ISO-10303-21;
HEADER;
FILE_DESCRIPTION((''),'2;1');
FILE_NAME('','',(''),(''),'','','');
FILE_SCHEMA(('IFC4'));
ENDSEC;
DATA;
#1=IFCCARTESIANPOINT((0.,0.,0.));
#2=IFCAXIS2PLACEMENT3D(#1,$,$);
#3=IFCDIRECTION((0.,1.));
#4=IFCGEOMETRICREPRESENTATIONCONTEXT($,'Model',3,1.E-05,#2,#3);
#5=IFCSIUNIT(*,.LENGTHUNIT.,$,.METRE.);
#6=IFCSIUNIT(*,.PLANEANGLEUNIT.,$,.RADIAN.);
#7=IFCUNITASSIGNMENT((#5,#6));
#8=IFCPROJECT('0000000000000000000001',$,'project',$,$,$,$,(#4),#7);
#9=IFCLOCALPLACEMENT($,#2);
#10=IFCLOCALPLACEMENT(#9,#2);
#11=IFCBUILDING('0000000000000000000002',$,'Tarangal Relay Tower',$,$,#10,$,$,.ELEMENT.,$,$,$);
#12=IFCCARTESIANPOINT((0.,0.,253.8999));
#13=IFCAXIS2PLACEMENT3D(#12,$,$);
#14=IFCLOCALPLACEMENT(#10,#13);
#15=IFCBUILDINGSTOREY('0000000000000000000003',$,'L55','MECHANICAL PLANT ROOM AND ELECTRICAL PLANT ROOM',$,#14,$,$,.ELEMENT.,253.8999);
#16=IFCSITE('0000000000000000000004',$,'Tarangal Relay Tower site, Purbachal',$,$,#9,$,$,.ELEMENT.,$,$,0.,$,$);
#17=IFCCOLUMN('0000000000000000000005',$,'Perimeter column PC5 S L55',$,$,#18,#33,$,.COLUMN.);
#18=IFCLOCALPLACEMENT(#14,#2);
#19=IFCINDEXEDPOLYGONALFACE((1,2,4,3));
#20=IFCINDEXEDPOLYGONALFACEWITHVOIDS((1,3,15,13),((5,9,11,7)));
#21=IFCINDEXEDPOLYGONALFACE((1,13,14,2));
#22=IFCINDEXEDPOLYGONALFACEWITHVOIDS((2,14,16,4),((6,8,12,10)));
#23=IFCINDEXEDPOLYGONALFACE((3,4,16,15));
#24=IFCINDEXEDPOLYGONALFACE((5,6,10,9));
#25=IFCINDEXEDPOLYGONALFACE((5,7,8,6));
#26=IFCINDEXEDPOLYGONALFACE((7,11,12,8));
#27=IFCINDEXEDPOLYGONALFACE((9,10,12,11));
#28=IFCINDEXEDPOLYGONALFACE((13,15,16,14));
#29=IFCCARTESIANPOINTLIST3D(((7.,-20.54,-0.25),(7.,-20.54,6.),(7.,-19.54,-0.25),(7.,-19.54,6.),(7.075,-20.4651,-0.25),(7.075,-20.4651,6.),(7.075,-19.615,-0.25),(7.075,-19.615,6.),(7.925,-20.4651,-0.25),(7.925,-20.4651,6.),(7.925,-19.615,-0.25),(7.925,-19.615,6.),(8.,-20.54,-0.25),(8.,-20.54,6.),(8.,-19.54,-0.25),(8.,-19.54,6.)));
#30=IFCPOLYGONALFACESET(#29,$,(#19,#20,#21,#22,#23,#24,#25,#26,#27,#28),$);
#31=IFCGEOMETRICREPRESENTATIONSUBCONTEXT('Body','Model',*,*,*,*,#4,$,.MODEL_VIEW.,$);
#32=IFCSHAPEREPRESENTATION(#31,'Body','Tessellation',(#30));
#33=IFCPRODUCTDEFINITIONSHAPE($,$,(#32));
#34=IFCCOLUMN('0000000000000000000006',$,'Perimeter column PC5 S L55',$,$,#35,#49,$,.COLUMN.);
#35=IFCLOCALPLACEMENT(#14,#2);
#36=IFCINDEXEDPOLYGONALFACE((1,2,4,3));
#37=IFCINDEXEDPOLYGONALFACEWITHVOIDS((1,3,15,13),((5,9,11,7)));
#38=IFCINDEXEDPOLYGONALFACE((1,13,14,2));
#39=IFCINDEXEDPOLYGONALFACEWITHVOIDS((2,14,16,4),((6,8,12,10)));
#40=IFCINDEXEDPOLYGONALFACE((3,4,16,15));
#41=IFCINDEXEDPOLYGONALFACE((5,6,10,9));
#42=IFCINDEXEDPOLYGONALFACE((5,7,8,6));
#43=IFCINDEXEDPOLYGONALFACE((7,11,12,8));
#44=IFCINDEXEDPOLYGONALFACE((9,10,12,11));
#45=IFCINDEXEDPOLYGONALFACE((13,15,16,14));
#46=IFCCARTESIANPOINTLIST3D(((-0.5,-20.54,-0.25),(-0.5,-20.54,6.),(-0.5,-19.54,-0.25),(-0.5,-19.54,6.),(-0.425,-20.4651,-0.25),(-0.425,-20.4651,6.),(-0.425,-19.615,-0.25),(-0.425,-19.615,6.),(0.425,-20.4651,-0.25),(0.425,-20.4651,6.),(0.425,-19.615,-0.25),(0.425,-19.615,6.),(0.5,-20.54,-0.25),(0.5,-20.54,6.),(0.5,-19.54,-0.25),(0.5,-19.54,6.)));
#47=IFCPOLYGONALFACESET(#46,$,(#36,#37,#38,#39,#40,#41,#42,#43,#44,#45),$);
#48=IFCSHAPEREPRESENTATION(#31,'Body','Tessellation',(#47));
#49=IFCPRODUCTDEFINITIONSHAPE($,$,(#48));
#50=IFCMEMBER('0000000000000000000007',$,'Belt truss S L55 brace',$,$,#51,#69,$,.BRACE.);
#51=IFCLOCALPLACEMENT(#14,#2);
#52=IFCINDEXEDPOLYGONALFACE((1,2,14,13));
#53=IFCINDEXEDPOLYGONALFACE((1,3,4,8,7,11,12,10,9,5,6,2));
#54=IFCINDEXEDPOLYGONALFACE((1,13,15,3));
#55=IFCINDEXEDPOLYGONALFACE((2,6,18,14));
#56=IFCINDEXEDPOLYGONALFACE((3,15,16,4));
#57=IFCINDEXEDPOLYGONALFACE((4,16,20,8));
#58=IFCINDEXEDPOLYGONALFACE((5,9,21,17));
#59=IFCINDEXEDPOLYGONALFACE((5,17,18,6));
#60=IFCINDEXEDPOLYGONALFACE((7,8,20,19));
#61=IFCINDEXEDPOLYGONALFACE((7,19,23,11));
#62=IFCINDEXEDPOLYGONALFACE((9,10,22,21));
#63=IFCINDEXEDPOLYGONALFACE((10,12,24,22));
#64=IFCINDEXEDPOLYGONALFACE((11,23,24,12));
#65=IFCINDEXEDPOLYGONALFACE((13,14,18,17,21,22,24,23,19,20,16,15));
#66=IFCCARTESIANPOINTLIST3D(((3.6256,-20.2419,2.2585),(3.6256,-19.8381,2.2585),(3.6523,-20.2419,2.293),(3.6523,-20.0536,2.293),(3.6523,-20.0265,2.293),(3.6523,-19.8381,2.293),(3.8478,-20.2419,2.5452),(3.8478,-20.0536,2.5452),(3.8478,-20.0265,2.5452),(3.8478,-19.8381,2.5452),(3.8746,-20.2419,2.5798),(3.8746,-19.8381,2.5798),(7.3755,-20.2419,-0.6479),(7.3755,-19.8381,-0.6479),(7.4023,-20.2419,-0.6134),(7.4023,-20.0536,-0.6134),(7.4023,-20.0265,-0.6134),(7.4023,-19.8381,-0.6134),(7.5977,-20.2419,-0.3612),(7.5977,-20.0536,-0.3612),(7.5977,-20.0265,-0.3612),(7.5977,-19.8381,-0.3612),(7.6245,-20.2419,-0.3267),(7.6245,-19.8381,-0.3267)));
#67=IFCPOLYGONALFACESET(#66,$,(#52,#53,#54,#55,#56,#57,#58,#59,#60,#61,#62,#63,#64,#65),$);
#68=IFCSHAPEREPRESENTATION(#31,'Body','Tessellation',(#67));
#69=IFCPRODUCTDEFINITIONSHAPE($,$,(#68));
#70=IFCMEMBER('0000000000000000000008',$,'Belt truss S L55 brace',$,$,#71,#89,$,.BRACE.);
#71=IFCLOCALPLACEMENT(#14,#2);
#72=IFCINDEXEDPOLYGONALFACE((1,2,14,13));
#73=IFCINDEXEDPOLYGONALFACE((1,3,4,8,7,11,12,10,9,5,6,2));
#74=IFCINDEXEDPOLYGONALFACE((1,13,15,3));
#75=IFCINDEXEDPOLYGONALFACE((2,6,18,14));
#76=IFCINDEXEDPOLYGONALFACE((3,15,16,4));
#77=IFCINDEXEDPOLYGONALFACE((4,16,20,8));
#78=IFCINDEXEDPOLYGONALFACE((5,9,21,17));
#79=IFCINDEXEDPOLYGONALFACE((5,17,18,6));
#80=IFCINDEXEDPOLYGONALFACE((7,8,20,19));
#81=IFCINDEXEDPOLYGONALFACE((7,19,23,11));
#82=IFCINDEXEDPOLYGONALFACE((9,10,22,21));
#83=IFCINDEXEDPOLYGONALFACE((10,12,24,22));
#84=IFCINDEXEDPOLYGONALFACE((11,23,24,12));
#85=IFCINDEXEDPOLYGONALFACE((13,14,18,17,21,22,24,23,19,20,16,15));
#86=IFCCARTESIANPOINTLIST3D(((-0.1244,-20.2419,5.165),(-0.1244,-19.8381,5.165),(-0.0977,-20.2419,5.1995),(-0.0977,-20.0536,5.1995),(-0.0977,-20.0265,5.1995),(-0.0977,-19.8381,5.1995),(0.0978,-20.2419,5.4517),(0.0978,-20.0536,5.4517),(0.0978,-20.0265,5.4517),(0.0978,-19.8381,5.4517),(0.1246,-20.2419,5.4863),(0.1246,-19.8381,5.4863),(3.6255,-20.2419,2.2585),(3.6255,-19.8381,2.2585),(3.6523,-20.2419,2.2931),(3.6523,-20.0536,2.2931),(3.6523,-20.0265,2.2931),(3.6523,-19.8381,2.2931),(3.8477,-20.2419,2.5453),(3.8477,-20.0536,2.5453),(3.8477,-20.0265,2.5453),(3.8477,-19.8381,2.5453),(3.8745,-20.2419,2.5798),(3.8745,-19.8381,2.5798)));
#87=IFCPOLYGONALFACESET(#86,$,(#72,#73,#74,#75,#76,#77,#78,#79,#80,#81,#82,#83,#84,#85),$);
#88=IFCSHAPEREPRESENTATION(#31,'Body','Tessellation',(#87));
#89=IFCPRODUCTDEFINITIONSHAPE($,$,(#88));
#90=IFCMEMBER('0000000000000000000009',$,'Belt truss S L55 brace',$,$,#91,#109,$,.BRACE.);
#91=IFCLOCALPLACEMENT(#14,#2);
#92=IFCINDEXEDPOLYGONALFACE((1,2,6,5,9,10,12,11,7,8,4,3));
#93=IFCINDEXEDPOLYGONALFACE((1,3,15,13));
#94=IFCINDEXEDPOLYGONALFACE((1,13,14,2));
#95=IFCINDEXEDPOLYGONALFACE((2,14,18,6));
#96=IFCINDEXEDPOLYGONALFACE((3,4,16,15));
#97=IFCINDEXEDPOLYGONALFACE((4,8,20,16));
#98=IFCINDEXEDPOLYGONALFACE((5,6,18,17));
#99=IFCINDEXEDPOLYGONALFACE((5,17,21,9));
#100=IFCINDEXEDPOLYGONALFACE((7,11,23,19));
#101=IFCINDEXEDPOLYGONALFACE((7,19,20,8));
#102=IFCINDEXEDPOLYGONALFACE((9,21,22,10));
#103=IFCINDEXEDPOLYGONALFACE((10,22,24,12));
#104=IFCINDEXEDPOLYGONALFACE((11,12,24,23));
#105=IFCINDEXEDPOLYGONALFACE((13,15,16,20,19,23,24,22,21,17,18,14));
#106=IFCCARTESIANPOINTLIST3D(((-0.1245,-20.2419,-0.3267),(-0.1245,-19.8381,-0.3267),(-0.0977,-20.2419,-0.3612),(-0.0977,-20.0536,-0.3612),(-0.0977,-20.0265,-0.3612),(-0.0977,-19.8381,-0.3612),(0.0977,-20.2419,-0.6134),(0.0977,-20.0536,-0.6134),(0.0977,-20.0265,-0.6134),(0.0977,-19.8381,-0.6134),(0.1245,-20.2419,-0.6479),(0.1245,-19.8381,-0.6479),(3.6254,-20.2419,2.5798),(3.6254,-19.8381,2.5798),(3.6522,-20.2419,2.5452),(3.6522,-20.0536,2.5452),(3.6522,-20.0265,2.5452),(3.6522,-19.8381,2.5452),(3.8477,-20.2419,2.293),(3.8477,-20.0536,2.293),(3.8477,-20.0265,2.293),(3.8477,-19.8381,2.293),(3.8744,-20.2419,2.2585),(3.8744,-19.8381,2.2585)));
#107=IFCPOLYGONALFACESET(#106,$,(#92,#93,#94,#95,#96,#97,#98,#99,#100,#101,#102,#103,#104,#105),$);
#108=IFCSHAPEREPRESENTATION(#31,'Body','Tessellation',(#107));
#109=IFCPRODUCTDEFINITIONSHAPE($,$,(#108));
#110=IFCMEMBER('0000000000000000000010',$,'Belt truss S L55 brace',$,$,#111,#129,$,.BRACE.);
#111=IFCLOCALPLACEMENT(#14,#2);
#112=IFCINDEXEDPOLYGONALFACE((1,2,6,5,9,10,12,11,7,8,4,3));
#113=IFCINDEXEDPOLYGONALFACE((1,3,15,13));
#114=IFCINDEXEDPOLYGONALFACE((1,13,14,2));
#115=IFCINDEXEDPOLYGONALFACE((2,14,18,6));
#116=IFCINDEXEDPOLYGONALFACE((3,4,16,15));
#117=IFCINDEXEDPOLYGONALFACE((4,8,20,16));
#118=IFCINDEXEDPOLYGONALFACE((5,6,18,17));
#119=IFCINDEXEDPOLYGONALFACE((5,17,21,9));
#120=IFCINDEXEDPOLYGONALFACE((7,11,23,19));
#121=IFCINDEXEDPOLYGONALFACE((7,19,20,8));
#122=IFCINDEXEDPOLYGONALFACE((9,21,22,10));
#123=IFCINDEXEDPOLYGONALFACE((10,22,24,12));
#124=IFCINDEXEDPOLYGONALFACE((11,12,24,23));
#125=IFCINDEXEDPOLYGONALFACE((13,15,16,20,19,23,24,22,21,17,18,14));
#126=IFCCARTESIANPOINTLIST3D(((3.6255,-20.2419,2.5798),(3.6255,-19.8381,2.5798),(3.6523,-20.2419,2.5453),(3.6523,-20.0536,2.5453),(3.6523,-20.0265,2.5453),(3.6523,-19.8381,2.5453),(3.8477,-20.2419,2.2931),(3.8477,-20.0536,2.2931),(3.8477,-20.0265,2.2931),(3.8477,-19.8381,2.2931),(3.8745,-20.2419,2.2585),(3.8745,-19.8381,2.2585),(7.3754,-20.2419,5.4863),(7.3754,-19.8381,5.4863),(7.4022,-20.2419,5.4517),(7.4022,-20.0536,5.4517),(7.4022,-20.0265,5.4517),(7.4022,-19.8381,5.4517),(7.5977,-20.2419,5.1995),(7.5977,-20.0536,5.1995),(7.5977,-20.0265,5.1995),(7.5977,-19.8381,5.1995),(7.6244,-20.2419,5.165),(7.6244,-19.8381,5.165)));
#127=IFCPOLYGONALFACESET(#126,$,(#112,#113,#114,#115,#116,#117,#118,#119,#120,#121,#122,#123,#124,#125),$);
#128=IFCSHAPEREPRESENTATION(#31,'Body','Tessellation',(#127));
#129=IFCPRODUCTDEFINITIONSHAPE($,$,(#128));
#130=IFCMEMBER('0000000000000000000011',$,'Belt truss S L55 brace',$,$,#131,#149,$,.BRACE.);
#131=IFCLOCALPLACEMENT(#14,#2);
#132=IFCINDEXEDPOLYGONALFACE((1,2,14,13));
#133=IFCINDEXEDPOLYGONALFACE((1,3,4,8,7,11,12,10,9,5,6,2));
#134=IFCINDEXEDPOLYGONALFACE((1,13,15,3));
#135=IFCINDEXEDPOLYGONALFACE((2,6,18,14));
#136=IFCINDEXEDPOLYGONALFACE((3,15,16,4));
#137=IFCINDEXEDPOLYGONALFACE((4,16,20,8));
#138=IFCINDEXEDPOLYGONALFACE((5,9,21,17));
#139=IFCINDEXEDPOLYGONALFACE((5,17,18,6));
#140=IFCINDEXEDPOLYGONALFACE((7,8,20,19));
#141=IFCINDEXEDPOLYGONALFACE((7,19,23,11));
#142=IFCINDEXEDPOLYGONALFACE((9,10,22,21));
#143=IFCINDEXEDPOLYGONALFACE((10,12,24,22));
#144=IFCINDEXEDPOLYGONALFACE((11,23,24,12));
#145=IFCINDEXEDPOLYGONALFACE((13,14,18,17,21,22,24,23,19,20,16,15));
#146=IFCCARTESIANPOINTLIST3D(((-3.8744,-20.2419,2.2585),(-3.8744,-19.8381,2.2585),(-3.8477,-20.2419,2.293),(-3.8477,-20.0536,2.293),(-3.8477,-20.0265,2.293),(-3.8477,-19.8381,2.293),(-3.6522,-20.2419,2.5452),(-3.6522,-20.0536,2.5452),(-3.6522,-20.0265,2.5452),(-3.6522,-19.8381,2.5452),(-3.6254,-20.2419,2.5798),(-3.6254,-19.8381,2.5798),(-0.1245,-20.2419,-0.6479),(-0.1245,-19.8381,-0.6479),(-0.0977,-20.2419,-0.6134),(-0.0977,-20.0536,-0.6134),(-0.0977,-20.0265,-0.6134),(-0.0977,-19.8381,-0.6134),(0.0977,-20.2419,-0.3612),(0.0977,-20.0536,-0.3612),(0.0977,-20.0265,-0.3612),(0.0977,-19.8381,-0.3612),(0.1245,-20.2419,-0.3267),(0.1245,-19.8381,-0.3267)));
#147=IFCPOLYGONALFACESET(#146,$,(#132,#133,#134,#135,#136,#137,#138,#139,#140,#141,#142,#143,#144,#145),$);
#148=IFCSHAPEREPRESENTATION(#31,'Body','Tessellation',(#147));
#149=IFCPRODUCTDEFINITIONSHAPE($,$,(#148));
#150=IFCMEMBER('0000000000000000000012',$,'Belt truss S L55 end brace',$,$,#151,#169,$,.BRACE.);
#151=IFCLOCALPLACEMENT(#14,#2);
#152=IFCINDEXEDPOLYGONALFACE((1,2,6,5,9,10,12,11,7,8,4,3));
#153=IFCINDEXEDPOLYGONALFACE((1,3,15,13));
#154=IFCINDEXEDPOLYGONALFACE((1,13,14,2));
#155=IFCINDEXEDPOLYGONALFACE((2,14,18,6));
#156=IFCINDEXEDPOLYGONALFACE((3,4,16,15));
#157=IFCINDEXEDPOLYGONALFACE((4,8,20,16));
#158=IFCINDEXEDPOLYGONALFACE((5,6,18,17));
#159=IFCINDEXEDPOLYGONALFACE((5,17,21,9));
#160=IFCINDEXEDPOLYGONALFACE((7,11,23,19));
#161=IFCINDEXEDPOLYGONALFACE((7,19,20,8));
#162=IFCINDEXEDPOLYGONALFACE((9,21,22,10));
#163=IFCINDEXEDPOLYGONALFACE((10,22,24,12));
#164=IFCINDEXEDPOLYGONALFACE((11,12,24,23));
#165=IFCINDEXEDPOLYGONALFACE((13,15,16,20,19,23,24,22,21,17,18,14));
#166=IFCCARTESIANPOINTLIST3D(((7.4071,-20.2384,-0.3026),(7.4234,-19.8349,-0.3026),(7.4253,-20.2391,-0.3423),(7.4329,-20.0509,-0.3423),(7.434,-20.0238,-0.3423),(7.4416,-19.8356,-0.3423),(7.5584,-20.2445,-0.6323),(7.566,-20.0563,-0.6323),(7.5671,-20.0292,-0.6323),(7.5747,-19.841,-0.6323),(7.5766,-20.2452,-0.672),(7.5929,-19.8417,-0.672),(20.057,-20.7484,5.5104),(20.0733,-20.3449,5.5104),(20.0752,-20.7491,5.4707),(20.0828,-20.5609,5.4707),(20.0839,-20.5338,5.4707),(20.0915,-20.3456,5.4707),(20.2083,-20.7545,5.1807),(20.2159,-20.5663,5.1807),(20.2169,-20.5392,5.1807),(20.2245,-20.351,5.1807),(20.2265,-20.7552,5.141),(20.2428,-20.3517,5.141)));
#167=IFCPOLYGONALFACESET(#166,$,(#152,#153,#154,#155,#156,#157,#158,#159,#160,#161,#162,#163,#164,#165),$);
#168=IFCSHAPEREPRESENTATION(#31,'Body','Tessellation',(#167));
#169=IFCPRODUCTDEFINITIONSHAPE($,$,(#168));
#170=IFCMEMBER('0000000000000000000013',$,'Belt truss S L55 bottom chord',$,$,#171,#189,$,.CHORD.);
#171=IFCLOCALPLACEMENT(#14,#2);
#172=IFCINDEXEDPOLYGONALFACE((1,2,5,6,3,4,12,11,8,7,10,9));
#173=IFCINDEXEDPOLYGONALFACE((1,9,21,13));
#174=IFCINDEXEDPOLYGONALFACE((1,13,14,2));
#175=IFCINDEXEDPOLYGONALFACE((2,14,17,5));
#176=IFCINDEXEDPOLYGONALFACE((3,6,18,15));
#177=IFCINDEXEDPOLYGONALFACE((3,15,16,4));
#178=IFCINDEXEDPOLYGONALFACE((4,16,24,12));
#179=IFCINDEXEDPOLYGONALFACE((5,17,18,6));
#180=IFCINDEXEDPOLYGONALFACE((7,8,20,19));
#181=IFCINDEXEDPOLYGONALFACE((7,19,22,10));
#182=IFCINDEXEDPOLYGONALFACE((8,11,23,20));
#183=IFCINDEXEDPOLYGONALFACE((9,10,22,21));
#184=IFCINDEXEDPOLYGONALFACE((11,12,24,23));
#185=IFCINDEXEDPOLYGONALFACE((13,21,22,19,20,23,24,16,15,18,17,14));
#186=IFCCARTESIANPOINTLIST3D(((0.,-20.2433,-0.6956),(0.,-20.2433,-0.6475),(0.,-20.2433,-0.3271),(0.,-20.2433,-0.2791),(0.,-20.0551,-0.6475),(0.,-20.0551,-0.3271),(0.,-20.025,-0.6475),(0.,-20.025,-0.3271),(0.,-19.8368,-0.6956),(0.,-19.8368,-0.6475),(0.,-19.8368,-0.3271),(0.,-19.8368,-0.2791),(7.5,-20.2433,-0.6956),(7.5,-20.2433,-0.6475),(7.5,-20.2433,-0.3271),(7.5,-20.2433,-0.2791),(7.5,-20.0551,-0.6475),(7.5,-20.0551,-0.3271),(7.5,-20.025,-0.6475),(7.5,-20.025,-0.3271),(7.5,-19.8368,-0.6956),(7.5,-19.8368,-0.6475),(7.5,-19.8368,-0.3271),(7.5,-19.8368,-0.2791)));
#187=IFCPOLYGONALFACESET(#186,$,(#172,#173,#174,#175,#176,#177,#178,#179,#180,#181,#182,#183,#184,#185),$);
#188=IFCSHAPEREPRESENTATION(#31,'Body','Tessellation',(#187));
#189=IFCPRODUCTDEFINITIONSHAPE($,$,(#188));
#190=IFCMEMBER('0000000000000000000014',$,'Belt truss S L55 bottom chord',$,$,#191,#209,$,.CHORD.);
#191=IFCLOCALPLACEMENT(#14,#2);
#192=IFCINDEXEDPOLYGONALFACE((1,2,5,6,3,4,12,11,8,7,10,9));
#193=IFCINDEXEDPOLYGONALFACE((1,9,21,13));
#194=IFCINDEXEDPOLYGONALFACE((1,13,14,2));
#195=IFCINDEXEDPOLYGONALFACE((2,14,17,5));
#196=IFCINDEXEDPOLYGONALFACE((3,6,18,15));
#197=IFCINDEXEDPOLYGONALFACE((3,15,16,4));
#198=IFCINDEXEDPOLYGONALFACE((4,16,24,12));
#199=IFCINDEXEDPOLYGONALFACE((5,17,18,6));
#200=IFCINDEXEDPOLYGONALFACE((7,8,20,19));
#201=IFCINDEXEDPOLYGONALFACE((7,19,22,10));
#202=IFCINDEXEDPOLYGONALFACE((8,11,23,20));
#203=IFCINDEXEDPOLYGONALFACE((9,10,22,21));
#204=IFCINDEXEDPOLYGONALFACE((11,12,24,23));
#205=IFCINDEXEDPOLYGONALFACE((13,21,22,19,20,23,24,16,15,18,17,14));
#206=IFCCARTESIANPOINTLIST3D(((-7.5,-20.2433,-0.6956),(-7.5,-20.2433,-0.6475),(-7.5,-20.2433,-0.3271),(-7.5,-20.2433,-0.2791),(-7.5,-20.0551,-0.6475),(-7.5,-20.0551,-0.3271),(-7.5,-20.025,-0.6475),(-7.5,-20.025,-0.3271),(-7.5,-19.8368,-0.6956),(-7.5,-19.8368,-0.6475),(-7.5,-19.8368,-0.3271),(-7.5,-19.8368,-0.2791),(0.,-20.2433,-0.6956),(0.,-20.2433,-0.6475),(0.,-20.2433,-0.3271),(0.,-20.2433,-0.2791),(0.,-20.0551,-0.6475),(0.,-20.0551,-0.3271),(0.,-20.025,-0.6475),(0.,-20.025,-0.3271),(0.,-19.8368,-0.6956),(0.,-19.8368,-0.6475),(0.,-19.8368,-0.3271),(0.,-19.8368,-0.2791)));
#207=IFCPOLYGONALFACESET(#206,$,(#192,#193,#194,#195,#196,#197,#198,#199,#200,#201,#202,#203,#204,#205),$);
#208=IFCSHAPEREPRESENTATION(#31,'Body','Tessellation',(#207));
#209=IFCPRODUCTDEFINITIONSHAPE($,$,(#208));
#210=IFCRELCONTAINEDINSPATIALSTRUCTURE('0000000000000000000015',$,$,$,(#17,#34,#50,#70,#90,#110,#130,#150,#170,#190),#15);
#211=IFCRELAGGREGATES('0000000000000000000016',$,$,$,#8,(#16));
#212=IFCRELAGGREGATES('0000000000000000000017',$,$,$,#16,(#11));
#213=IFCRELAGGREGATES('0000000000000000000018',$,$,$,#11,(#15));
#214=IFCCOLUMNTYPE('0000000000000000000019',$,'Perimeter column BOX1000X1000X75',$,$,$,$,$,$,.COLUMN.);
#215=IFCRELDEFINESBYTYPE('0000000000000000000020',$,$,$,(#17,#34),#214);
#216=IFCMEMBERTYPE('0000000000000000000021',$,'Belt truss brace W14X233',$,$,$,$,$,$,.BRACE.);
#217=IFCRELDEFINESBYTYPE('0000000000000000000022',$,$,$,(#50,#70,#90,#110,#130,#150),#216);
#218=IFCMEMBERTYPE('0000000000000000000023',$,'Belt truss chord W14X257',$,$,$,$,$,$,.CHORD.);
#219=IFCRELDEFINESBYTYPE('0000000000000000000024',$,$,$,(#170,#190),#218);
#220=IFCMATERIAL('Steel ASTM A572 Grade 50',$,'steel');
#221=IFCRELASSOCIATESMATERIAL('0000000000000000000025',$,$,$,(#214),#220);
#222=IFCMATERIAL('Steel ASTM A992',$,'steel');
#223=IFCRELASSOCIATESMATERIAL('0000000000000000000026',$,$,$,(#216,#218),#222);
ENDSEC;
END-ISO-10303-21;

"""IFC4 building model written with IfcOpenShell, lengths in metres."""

from ifc_helpers import new_model, si_unit, direction, frame, origin, origin_2d, place, context, subcontext, project, spatial, hollow_rectangle, i_section, extrude, material, material_profile, profile_set, type_object, element, save


model = new_model("IFC4")

# Units and contexts
model_context = context("Model", 3, precision=1e-05, world=origin(), true_north=direction((0.0, 1.0)))
body_context = subcontext(model_context, "Body", "Model", "MODEL_VIEW")
ifc_project = project(units=[si_unit("LENGTHUNIT", "METRE"), si_unit("PLANEANGLEUNIT", "RADIAN")], contexts=[model_context])

# Site, building, storey
site_placement = place(None, origin())
site = spatial("IfcSite", under=ifc_project, at=site_placement, Name="Tarangal Relay Tower site, Purbachal", CompositionType="ELEMENT", RefElevation=0.0)
building_placement = place(site_placement, origin())
building = spatial("IfcBuilding", under=site, at=building_placement, Name="Tarangal Relay Tower", CompositionType="ELEMENT")
storey_placement = place(building_placement, frame((0.0, 0.0, 253.8999)))
storey = spatial("IfcBuildingStorey", under=building, at=storey_placement, Name="L55", Description="MECHANICAL PLANT ROOM AND ELECTRICAL PLANT ROOM", CompositionType="ELEMENT", Elevation=253.8999)

# Columns
ifc_material_1 = material(Name="Steel ASTM A572 Grade 50", Category="steel")
ifc_material_profile_1 = material_profile(ifc_material_1, hollow_rectangle(XDim=1.0, YDim=1.0, WallThickness=0.075, at=origin_2d()), Name="BOX1000X1000X75")
ifc_profile_set_1 = profile_set([ifc_material_profile_1], Name="Steel ASTM A572 Grade 50")
column_type = type_object("IfcColumnType", Name="Perimeter column BOX1000X1000X75", PredefinedType="COLUMN", material=ifc_profile_set_1)
for number, where, z_axis, x_axis, name in (
    (1, (7.5, -20.04, -0.25), (0.0, 0.0, 1.0), (1.0, 0.0, 0.0), "Perimeter column PC5 S L55"),
    (2, (0.0, -20.04, -0.25), (0.0, 0.0, 1.0), (1.0, 0.0, 0.0), "Perimeter column PC5 S L55"),
):
    element("IfcColumn", number, at=place(storey_placement, frame(where, z_axis=z_axis, x_axis=x_axis)), inside=storey, type_object=column_type, Name=name, PredefinedType="COLUMN", context=body_context, shape_type="SweptSolid", body=[
        extrude(hollow_rectangle(XDim=1.0, YDim=1.0, WallThickness=0.075, at=origin_2d()), origin(), (0.0, 0.0, 1.0), 6.25),
    ])

# Members
ifc_material_2 = material(Name="Steel ASTM A992", Category="steel")
ifc_material_profile_2 = material_profile(ifc_material_2, i_section(OverallWidth=0.4038, OverallDepth=0.4065, WebThickness=0.0271, FlangeThickness=0.0437, at=origin_2d()), Name="W14X233")
ifc_profile_set_2 = profile_set([ifc_material_profile_2], Name="Steel ASTM A992")
member_type_1 = type_object("IfcMemberType", Name="Belt truss brace W14X233", PredefinedType="BRACE", material=ifc_profile_set_2)
for number, where, z_axis, x_axis, name in (
    (3, (7.5, -20.04, -0.4873), (-0.79039, 0.0, 0.612604), (0.0, -1.0, 0.0), "Belt truss S L55 brace"),
    (4, (3.75, -20.04, 2.4192), (-0.79039, 0.0, 0.612604), (0.0, -1.0, 0.0), "Belt truss S L55 brace"),
    (5, (0.0, -20.04, -0.4873), (0.79039, 0.0, 0.612604), (0.0, 1.0, 0.0), "Belt truss S L55 brace"),
    (6, (3.75, -20.04, 2.4192), (0.79039, 0.0, 0.612604), (0.0, 1.0, 0.0), "Belt truss S L55 brace"),
    (7, (0.0, -20.04, -0.4873), (-0.79039, 0.0, 0.612604), (0.0, -1.0, 0.0), "Belt truss S L55 brace"),
):
    element("IfcMember", number, at=place(storey_placement, frame(where, z_axis=z_axis, x_axis=x_axis)), inside=storey, type_object=member_type_1, Name=name, PredefinedType="BRACE", context=body_context, shape_type="SweptSolid", body=[
        extrude(i_section(OverallWidth=0.4038, OverallDepth=0.4065, WebThickness=0.0271, FlangeThickness=0.0437, at=origin_2d()), origin(), (0.0, 0.0, 1.0), 4.7444),
    ])
member_1_placement = place(storey_placement, frame((7.5, -20.04, -0.4873), z_axis=(0.908044, -0.03661, 0.417272), x_axis=(0.040285, 0.999188, 0.0)))
element("IfcMember", 8, at=member_1_placement, inside=storey, type_object=member_type_1, Name="Belt truss S L55 end brace", PredefinedType="BRACE", context=body_context, shape_type="SweptSolid", body=[
    extrude(i_section(OverallWidth=0.4038, OverallDepth=0.4065, WebThickness=0.0271, FlangeThickness=0.0437, at=origin_2d()), origin(), (0.0, 0.0, 1.0), 13.9309),
])
ifc_material_profile_3 = material_profile(ifc_material_2, i_section(OverallWidth=0.4065, OverallDepth=0.4165, WebThickness=0.03, FlangeThickness=0.0481, at=origin_2d()), Name="W14X257")
ifc_profile_set_3 = profile_set([ifc_material_profile_3], Name="Steel ASTM A992")
member_type_2 = type_object("IfcMemberType", Name="Belt truss chord W14X257", PredefinedType="CHORD", material=ifc_profile_set_3)
for number, where, z_axis, x_axis, name in (
    (9, (7.5, -20.04, -0.4873), (-1.0, 0.0, 0.0), (0.0, -1.0, 0.0), "Belt truss S L55 bottom chord"),
    (10, (0.0, -20.04, -0.4873), (-1.0, 0.0, 0.0), (0.0, -1.0, 0.0), "Belt truss S L55 bottom chord"),
):
    element("IfcMember", number, at=place(storey_placement, frame(where, z_axis=z_axis, x_axis=x_axis)), inside=storey, type_object=member_type_2, Name=name, PredefinedType="CHORD", context=body_context, shape_type="SweptSolid", body=[
        extrude(i_section(OverallWidth=0.4065, OverallDepth=0.4165, WebThickness=0.03, FlangeThickness=0.0481, at=origin_2d()), origin(), (0.0, 0.0, 1.0), 7.5),
    ])

save(model, "model.ifc")
